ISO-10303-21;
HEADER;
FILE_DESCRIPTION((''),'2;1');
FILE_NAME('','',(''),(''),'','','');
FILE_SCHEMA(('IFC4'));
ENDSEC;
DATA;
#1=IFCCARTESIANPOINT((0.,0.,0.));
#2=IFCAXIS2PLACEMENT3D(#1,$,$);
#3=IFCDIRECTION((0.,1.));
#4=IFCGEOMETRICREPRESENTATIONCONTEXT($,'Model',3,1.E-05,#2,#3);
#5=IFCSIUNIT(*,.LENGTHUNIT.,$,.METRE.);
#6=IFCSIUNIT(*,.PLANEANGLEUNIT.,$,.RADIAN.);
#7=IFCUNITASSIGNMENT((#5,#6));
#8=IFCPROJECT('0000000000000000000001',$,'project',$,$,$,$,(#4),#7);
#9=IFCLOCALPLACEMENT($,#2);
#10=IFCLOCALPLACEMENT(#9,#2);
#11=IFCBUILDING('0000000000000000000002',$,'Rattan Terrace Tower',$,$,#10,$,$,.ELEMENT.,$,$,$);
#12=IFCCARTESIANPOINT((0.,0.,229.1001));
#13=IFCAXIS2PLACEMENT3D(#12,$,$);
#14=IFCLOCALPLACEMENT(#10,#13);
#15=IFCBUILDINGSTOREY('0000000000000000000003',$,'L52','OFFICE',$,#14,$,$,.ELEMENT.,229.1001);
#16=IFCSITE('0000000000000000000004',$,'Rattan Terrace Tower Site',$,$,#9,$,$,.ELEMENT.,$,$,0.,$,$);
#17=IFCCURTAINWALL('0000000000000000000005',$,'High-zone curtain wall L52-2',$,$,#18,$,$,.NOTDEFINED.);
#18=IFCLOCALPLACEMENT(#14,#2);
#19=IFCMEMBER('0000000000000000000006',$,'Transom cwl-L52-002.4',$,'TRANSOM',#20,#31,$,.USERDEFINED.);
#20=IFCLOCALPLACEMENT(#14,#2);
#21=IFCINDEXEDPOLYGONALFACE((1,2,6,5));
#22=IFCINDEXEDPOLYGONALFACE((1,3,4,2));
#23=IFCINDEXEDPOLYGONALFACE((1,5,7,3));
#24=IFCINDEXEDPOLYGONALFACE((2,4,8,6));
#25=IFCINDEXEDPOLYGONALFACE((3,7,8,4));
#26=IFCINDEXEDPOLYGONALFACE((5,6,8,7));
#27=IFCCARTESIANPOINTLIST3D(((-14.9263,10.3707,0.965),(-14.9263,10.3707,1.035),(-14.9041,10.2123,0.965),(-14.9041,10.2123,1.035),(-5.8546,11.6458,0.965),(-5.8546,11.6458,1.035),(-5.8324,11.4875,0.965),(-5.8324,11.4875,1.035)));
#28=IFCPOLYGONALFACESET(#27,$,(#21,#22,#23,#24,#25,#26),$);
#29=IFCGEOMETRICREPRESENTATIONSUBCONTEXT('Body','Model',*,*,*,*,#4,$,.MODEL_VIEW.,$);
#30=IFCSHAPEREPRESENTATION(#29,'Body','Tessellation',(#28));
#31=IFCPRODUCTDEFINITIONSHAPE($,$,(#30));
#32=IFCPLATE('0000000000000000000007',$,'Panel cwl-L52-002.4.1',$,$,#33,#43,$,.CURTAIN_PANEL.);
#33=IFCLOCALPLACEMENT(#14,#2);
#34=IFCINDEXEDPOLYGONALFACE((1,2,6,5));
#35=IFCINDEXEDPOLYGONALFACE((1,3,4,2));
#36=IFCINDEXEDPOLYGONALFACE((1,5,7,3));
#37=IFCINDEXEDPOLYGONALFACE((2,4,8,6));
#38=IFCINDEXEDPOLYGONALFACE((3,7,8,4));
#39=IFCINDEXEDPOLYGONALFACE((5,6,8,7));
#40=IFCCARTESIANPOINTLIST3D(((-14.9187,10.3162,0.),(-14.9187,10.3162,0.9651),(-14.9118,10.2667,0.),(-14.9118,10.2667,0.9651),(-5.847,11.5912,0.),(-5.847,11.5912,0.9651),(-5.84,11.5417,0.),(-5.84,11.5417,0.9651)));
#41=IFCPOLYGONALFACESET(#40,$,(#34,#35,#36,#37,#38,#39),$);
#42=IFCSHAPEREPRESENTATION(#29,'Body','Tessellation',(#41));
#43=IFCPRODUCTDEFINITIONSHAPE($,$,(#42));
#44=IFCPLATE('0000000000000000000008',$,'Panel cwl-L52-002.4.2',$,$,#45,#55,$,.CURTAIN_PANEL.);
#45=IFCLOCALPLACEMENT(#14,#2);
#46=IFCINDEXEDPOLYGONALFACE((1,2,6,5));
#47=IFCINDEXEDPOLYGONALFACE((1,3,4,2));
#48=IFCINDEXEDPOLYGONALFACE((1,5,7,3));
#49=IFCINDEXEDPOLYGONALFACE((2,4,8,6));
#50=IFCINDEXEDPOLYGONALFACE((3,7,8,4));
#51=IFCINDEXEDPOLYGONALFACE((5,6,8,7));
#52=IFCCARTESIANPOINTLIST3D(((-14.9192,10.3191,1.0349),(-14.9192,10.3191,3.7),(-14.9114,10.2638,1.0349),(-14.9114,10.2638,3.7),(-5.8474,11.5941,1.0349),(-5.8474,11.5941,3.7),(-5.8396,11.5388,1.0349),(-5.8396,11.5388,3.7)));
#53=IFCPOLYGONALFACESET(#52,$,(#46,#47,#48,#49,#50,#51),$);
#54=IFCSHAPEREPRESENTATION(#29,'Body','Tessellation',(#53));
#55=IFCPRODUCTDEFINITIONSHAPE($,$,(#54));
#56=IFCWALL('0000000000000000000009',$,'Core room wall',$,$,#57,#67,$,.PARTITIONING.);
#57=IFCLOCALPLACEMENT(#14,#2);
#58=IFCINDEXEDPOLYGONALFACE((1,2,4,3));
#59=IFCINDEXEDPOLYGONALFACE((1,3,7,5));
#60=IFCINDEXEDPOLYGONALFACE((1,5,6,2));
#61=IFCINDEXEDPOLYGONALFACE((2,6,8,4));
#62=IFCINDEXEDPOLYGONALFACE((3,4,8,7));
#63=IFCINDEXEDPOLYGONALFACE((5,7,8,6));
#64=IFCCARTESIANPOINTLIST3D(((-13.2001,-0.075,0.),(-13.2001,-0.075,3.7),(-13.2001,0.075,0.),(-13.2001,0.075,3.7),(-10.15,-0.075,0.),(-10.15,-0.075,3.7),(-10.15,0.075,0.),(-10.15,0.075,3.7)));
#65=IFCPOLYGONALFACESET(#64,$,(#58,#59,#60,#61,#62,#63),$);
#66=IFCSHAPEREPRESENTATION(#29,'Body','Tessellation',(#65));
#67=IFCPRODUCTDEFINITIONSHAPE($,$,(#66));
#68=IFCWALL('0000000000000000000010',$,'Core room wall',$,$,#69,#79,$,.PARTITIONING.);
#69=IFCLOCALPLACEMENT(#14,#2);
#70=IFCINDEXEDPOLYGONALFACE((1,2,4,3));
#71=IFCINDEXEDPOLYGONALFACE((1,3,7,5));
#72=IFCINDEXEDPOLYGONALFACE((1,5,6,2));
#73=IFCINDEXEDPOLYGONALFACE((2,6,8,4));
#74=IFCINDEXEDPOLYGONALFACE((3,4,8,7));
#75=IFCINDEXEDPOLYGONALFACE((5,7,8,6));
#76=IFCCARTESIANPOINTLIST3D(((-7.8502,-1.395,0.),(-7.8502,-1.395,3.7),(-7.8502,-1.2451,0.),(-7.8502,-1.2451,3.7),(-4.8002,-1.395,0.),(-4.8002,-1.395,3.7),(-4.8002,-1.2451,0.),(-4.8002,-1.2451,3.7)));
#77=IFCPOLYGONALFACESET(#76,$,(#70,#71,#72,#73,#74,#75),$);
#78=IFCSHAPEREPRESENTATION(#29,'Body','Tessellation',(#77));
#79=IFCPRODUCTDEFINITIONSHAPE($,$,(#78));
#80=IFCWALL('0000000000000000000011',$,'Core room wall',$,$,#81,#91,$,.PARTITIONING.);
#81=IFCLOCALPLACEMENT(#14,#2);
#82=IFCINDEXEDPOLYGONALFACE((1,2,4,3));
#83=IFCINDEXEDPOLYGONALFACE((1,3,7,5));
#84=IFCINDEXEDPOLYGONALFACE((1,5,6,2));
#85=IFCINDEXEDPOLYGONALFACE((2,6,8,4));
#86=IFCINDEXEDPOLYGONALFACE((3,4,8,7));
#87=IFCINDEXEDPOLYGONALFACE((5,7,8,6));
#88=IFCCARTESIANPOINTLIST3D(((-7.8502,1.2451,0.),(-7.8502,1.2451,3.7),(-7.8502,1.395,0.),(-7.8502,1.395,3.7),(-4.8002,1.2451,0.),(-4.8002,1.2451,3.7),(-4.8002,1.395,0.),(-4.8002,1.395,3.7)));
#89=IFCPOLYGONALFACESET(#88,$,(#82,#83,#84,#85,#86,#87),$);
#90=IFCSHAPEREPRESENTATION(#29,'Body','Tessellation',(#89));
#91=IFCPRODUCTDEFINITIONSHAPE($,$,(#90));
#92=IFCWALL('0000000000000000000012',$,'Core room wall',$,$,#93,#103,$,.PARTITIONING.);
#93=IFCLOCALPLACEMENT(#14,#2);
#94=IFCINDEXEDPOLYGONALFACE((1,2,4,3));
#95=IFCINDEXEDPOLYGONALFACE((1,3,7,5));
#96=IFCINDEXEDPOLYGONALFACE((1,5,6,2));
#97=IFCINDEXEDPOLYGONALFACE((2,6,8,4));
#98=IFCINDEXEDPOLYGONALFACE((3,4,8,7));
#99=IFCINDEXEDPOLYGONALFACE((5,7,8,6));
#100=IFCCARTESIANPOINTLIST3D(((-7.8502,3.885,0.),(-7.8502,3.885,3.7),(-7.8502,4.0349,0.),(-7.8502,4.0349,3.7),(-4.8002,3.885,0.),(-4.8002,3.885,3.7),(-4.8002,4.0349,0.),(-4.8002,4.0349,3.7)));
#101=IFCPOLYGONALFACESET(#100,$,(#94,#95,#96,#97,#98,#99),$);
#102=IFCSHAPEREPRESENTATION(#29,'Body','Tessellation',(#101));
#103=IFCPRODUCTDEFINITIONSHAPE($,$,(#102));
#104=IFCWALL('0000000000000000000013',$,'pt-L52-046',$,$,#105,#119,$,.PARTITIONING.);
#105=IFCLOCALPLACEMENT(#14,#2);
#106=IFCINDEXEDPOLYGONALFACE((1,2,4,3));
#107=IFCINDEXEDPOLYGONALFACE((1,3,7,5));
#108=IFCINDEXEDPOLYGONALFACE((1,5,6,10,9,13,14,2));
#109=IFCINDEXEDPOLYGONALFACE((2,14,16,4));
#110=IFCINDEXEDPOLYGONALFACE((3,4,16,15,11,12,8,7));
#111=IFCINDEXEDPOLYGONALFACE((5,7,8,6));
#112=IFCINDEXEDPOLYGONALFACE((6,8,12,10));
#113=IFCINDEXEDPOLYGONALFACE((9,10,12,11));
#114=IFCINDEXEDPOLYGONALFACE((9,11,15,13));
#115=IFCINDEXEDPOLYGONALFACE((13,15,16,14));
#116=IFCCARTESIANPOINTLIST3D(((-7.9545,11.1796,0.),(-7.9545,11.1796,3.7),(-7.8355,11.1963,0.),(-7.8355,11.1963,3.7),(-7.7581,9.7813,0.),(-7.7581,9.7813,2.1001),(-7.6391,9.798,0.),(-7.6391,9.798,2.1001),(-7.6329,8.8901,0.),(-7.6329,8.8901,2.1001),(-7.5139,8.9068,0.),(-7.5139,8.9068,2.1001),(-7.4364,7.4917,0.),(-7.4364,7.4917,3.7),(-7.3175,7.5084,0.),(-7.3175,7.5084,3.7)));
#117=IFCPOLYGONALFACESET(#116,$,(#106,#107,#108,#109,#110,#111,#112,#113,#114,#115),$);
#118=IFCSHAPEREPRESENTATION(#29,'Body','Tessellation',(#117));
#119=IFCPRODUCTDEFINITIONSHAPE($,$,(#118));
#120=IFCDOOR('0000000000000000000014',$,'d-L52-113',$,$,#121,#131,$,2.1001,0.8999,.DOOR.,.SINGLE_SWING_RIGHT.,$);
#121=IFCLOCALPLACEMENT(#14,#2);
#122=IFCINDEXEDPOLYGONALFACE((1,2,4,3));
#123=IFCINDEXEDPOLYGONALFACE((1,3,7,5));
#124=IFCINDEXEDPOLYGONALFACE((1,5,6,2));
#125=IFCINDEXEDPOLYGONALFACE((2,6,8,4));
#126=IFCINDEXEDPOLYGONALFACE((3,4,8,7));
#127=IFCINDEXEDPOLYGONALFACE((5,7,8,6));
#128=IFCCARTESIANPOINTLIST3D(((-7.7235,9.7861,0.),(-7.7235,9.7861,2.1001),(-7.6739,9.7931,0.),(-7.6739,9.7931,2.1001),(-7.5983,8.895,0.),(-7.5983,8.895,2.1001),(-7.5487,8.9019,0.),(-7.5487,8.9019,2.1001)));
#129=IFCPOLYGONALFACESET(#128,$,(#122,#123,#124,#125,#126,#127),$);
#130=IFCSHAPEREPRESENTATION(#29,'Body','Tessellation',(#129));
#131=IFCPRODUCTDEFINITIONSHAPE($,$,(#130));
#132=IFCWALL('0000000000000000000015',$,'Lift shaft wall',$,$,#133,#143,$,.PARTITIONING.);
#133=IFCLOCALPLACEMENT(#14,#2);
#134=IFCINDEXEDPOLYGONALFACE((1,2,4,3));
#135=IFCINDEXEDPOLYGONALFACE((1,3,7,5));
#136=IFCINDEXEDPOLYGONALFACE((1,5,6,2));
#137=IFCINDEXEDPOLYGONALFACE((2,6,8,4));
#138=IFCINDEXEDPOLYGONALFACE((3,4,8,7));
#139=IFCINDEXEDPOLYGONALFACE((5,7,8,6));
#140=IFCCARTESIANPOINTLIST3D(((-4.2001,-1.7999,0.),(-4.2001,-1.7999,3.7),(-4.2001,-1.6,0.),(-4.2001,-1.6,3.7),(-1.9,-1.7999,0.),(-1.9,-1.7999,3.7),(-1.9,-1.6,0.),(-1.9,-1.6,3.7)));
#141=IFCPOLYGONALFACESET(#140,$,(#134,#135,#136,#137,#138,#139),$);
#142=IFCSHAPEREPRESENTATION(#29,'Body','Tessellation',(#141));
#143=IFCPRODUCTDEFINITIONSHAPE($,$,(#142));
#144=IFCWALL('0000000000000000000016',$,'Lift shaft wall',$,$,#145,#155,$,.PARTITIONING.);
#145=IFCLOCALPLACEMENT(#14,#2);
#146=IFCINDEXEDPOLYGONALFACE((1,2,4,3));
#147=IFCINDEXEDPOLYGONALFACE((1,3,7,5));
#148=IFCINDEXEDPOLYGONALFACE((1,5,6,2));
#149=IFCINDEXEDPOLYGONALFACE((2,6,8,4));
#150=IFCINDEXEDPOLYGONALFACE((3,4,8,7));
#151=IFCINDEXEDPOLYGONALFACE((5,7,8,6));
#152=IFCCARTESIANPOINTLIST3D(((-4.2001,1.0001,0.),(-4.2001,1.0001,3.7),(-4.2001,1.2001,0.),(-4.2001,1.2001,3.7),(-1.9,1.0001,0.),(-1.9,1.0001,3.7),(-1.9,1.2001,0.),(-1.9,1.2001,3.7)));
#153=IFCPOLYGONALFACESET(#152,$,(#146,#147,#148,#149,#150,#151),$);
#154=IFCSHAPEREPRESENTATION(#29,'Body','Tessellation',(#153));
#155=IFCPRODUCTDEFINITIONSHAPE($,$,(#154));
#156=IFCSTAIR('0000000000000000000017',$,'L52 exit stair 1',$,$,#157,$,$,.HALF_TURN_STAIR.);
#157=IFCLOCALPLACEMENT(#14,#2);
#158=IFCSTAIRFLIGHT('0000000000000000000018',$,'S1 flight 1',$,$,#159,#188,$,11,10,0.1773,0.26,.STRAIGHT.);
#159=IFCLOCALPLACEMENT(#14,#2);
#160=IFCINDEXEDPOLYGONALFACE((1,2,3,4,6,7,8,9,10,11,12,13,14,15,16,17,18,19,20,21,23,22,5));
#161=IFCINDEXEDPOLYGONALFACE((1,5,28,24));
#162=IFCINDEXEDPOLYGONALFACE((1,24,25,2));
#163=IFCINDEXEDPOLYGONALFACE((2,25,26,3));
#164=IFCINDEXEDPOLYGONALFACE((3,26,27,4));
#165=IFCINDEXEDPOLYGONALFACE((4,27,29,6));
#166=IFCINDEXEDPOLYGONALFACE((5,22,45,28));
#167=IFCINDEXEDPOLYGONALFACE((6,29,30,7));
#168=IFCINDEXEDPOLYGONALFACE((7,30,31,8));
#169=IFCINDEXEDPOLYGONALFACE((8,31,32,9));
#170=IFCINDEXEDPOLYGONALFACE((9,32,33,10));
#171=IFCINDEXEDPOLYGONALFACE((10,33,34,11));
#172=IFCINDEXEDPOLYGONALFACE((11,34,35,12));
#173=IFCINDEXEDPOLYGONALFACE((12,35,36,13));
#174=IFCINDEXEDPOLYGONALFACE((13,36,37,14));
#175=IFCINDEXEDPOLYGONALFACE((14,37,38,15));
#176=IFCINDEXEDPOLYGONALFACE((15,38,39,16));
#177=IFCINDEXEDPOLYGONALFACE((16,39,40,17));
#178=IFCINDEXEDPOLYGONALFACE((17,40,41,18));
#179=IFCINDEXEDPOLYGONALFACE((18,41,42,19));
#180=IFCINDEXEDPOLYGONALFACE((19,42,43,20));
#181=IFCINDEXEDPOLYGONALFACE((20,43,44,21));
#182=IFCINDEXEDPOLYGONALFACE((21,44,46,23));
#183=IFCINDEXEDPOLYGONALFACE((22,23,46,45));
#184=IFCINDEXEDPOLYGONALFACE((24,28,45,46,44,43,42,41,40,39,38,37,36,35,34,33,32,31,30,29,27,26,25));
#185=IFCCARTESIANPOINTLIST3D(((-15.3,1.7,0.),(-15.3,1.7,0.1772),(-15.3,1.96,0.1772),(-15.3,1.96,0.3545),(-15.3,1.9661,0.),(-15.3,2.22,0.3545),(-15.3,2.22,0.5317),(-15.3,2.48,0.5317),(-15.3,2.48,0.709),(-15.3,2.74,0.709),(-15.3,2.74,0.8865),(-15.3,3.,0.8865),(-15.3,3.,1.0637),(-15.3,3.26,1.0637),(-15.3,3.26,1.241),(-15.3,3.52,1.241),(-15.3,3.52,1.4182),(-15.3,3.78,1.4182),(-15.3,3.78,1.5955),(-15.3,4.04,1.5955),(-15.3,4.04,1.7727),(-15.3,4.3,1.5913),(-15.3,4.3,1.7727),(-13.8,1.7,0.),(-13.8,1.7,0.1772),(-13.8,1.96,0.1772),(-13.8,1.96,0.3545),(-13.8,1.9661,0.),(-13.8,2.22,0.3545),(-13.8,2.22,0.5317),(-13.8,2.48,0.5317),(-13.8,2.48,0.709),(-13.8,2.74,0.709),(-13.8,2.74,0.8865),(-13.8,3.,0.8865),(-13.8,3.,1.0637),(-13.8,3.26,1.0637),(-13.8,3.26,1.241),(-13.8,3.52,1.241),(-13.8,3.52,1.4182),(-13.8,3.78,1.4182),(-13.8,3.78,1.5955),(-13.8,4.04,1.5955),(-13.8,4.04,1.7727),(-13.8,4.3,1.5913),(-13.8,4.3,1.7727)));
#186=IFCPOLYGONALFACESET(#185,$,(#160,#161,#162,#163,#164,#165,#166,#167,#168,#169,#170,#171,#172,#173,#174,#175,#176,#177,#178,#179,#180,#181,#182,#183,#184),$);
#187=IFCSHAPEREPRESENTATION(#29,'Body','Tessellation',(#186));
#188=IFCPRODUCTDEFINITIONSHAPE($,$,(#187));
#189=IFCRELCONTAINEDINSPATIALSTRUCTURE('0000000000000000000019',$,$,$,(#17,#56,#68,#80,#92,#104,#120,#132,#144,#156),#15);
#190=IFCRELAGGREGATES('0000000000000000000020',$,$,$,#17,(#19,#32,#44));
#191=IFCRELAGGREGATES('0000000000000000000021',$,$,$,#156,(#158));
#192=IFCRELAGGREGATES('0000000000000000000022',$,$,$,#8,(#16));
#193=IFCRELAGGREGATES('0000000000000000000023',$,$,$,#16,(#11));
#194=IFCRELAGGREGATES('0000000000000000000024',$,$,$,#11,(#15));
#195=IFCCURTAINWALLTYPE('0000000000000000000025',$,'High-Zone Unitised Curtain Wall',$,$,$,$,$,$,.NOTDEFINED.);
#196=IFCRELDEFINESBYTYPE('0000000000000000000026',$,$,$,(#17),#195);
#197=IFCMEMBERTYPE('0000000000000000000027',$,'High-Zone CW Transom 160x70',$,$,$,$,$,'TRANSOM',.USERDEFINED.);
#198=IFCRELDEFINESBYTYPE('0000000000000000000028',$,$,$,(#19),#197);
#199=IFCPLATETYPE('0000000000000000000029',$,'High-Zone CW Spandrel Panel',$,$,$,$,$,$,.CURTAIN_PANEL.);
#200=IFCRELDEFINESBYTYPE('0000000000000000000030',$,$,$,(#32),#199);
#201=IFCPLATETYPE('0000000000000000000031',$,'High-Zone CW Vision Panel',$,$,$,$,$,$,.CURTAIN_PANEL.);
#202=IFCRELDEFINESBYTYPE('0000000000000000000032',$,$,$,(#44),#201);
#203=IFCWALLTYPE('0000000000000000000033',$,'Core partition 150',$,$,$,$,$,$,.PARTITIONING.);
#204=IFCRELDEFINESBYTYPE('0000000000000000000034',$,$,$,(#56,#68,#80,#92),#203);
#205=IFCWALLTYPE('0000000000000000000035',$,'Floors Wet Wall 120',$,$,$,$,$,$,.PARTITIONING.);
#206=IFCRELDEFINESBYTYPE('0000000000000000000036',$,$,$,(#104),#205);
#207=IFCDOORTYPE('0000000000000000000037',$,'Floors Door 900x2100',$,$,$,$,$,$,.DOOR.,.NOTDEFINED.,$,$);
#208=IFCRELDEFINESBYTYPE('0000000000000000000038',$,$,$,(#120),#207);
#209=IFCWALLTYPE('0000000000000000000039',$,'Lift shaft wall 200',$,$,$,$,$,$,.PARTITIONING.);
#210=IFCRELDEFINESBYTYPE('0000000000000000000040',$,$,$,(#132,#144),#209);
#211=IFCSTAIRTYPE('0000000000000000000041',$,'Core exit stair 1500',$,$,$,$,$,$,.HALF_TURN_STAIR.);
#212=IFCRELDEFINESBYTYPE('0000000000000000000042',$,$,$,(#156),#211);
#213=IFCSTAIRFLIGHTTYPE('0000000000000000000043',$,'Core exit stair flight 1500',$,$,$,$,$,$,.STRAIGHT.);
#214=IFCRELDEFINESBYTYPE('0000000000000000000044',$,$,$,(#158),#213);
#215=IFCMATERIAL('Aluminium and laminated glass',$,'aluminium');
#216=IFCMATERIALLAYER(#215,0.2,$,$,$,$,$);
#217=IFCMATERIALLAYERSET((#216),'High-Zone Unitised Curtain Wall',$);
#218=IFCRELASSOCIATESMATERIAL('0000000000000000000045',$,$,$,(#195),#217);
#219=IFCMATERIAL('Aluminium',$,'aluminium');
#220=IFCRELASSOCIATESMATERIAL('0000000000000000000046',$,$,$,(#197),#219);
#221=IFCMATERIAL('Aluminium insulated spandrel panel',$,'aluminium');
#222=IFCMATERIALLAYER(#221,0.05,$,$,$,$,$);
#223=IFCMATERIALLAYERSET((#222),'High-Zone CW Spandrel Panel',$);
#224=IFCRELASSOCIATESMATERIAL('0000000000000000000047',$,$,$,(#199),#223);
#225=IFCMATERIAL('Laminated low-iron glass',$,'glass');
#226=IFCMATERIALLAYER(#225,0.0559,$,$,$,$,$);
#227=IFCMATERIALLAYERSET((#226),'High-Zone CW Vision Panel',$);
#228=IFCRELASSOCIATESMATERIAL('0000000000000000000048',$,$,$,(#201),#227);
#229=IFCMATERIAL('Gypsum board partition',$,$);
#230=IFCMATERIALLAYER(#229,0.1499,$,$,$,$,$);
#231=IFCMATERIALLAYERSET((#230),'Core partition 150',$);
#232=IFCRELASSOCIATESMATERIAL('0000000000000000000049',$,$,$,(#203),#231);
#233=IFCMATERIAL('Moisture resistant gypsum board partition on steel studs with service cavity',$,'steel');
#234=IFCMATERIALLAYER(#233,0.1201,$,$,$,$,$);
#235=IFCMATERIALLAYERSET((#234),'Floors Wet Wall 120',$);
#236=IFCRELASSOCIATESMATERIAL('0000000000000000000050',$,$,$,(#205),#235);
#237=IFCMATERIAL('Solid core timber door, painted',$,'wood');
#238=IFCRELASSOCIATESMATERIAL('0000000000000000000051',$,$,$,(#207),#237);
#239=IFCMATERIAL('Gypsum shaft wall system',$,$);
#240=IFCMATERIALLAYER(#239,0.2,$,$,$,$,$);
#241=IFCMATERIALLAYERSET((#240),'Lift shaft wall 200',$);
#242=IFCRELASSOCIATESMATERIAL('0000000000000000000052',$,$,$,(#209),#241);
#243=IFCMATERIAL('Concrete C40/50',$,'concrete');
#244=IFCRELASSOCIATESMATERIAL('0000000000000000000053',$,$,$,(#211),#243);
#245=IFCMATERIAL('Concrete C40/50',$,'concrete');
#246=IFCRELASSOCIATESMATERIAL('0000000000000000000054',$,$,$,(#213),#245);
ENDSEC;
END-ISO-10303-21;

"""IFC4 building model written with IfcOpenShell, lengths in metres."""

from ifc_helpers import new_model, si_unit, direction, frame, frame_2d, origin, origin_2d, place, context, subcontext, project, spatial, polyline, rectangle, outline, extrude, material, layer, layer_set, material_profile, profile_set, type_object, element, fill, aggregate, save


model = new_model("IFC4")

# Units and contexts
model_context = context("Model", 3, precision=1e-05, world=origin(), true_north=direction((0.0, 1.0)))
body_context = subcontext(model_context, "Body", "Model", "MODEL_VIEW")
ifc_project = project(units=[si_unit("LENGTHUNIT", "METRE"), si_unit("PLANEANGLEUNIT", "RADIAN")], contexts=[model_context])

# Site, building, storey
site_placement = place(None, origin())
site = spatial("IfcSite", under=ifc_project, at=site_placement, Name="Rattan Terrace Tower Site", CompositionType="ELEMENT", RefElevation=0.0)
building_placement = place(site_placement, origin())
building = spatial("IfcBuilding", under=site, at=building_placement, Name="Rattan Terrace Tower", CompositionType="ELEMENT")
storey_placement = place(building_placement, frame((0.0, 0.0, 229.1001)))
storey = spatial("IfcBuildingStorey", under=building, at=storey_placement, Name="L52", Description="OFFICE", CompositionType="ELEMENT", Elevation=229.1001)

# Curtain wall, member, plates
ifc_material_1 = material(Name="Aluminium and laminated glass", Category="aluminium")
ifc_layer_1 = layer(ifc_material_1, 0.2)
ifc_layer_set_1 = layer_set([ifc_layer_1], Name="High-Zone Unitised Curtain Wall")
curtain_wall_type = type_object("IfcCurtainWallType", Name="High-Zone Unitised Curtain Wall", PredefinedType="NOTDEFINED", material=ifc_layer_set_1)
curtain_wall_placement = place(storey_placement, origin())
curtain_wall = element("IfcCurtainWall", 1, at=curtain_wall_placement, inside=storey, type_object=curtain_wall_type, Name="High-zone curtain wall L52-2", PredefinedType="NOTDEFINED")
ifc_material_2 = material(Name="Aluminium", Category="aluminium")
ifc_material_profile_1 = material_profile(ifc_material_2, rectangle(XDim=0.1599, YDim=0.0701, at=origin_2d()), Name="Aluminium 160x70")
ifc_profile_set_1 = profile_set([ifc_material_profile_1], Name="Aluminium")
member_type_1 = type_object("IfcMemberType", Name="High-Zone CW Transom 160x70", ElementType="TRANSOM", PredefinedType="USERDEFINED", material=ifc_profile_set_1)
member_1_placement = place(storey_placement, frame((-5.8435, 11.5667, 1.0), z_axis=(-0.990265, -0.139194, 0.0), x_axis=(0.139194, -0.990265, 0.0)))
member_1 = element("IfcMember", 2, at=member_1_placement, type_object=member_type_1, Name="Transom cwl-L52-002.4", ObjectType="TRANSOM", PredefinedType="USERDEFINED", context=body_context, shape_type="SweptSolid", body=[
    extrude(rectangle(XDim=0.1599, YDim=0.0701, at=origin_2d()), origin(), (0.0, 0.0, 1.0), 9.1609),
])
ifc_material_3 = material(Name="Aluminium insulated spandrel panel", Category="aluminium")
ifc_layer_2 = layer(ifc_material_3, 0.05)
ifc_layer_set_2 = layer_set([ifc_layer_2], Name="High-Zone CW Spandrel Panel")
plate_type_1 = type_object("IfcPlateType", Name="High-Zone CW Spandrel Panel", PredefinedType="CURTAIN_PANEL", material=ifc_layer_set_2)
plate_1_placement = place(storey_placement, frame((-10.3794, 10.929, 0.0), z_axis=(0.0, 0.0, 1.0), x_axis=(-0.990267, -0.139177, 0.0)))
plate_1 = element("IfcPlate", 3, at=plate_1_placement, type_object=plate_type_1, Name="Panel cwl-L52-002.4.1", PredefinedType="CURTAIN_PANEL", context=body_context, shape_type="SweptSolid", body=[
    extrude(rectangle(XDim=9.1609, YDim=0.05, at=origin_2d()), origin(), (0.0, 0.0, 1.0), 0.9651),
])
ifc_material_4 = material(Name="Laminated low-iron glass", Category="glass")
ifc_layer_3 = layer(ifc_material_4, 0.0559)
ifc_layer_set_3 = layer_set([ifc_layer_3], Name="High-Zone CW Vision Panel")
plate_type_2 = type_object("IfcPlateType", Name="High-Zone CW Vision Panel", PredefinedType="CURTAIN_PANEL", material=ifc_layer_set_3)
plate_2_placement = place(storey_placement, frame((-10.3794, 10.929, 1.0349), z_axis=(0.0, 0.0, 1.0), x_axis=(-0.990267, -0.139177, 0.0)))
plate_2 = element("IfcPlate", 4, at=plate_2_placement, type_object=plate_type_2, Name="Panel cwl-L52-002.4.2", PredefinedType="CURTAIN_PANEL", context=body_context, shape_type="SweptSolid", body=[
    extrude(rectangle(XDim=9.1609, YDim=0.0559, at=origin_2d()), origin(), (0.0, 0.0, 1.0), 2.665),
])
aggregate(curtain_wall, [member_1, plate_1, plate_2])

# Walls
ifc_material_5 = material(Name="Gypsum board partition")
ifc_layer_4 = layer(ifc_material_5, 0.1499)
ifc_layer_set_4 = layer_set([ifc_layer_4], Name="Core partition 150")
wall_type_1 = type_object("IfcWallType", Name="Core partition 150", PredefinedType="PARTITIONING", material=ifc_layer_set_4)
for number, where, z_axis, x_axis, name in (
    (5, (-13.2, 0.0, 0.0), (0.0, 0.0, 1.0), (1.0, 0.0, 0.0), "Core room wall"),
    (6, (-7.8501, -1.3201, 0.0), (0.0, 0.0, 1.0), (1.0, 0.0, 0.0), "Core room wall"),
    (7, (-7.8501, 1.3201, 0.0), (0.0, 0.0, 1.0), (1.0, 0.0, 0.0), "Core room wall"),
    (8, (-7.8501, 3.96, 0.0), (0.0, 0.0, 1.0), (1.0, 0.0, 0.0), "Core room wall"),
):
    element("IfcWall", number, at=place(storey_placement, frame(where, z_axis=z_axis, x_axis=x_axis)), inside=storey, type_object=wall_type_1, Name=name, PredefinedType="PARTITIONING", context=body_context, shape_type="SweptSolid", body=[
        extrude(rectangle(XDim=3.05, YDim=0.1499, at=frame_2d((1.5249, 0.0))), origin(), (0.0, 0.0, 1.0), 3.7),
    ])

# Wall, opening, door
ifc_material_6 = material(Name="Moisture resistant gypsum board partition on steel studs with service cavity", Category="steel")
ifc_layer_5 = layer(ifc_material_6, 0.1201)
ifc_layer_set_5 = layer_set([ifc_layer_5], Name="Floors Wet Wall 120")
wall_type_2 = type_object("IfcWallType", Name="Floors Wet Wall 120", PredefinedType="PARTITIONING", material=ifc_layer_set_5)
wall_placement = place(storey_placement, frame((-7.895, 11.188, 0.0), z_axis=(0.0, 0.0, 1.0), x_axis=(0.139108, -0.990277, 0.0)))
wall = element("IfcWall", 9, at=wall_placement, inside=storey, type_object=wall_type_2, Name="pt-L52-046", PredefinedType="PARTITIONING", context=body_context, shape_type="SweptSolid", body=[
    extrude(rectangle(XDim=3.7241, YDim=0.1201, at=frame_2d((1.8621, 0.0))), origin(), (0.0, 0.0, 1.0), 3.7),
])
opening_placement = place(wall_placement, frame((1.4121, 0.0, 0.0)))
opening = element("IfcOpeningElement", 10, at=opening_placement, cuts=wall, PredefinedType="OPENING", context=body_context, shape_type="SweptSolid", body=[
    extrude(rectangle(XDim=0.8999, YDim=2.1001, at=frame_2d((0.45, 1.05))), frame((0.0, 0.0706, 0.0), z_axis=(0.0, -1.0, 0.0), x_axis=(1.0, 0.0, 0.0)), (0.0, 0.0, 1.0), 0.1411),
])
ifc_material_7 = material(Name="Solid core timber door, painted", Category="wood")
door_type = type_object("IfcDoorType", Name="Floors Door 900x2100", OperationType="NOTDEFINED", PredefinedType="DOOR", material=ifc_material_7)
door_placement = place(opening_placement, origin())
door = element("IfcDoor", 11, at=door_placement, inside=storey, type_object=door_type, Name="d-L52-113", OperationType="SINGLE_SWING_RIGHT", OverallHeight=2.1001, OverallWidth=0.8999, PredefinedType="DOOR", context=body_context, shape_type="SweptSolid", body=[
    extrude(rectangle(XDim=0.8999, YDim=2.1001, at=frame_2d((0.45, 1.05))), frame((0.0, 0.0249, 0.0), z_axis=(0.0, -1.0, 0.0), x_axis=(1.0, 0.0, 0.0)), (0.0, 0.0, 1.0), 0.05),
])
fill(opening, door)

# Walls
ifc_material_8 = material(Name="Gypsum shaft wall system")
ifc_layer_6 = layer(ifc_material_8, 0.2)
ifc_layer_set_6 = layer_set([ifc_layer_6], Name="Lift shaft wall 200")
wall_type_3 = type_object("IfcWallType", Name="Lift shaft wall 200", PredefinedType="PARTITIONING", material=ifc_layer_set_6)
for number, where, z_axis, x_axis, name in (
    (12, (-4.2, -1.7, 0.0), (0.0, 0.0, 1.0), (1.0, 0.0, 0.0), "Lift shaft wall"),
    (13, (-4.2, 1.1001, 0.0), (0.0, 0.0, 1.0), (1.0, 0.0, 0.0), "Lift shaft wall"),
):
    element("IfcWall", number, at=place(storey_placement, frame(where, z_axis=z_axis, x_axis=x_axis)), inside=storey, type_object=wall_type_3, Name=name, PredefinedType="PARTITIONING", context=body_context, shape_type="SweptSolid", body=[
        extrude(rectangle(XDim=2.3, YDim=0.2, at=frame_2d((1.1499, 0.0))), origin(), (0.0, 0.0, 1.0), 3.7),
    ])

# Stair, stair flight
ifc_material_9 = material(Name="Concrete C40/50", Category="concrete")
stair_type = type_object("IfcStairType", Name="Core exit stair 1500", PredefinedType="HALF_TURN_STAIR", material=ifc_material_9)
stair_placement = place(storey_placement, origin())
stair = element("IfcStair", 14, at=stair_placement, inside=storey, type_object=stair_type, Name="L52 exit stair 1", PredefinedType="HALF_TURN_STAIR")
ifc_material_10 = material(Name="Concrete C40/50", Category="concrete")
stair_flight_type = type_object("IfcStairFlightType", Name="Core exit stair flight 1500", PredefinedType="STRAIGHT", material=ifc_material_10)
stair_flight_placement = place(storey_placement, frame((-14.55, 1.7, 0.0), z_axis=(0.0, 0.0, 1.0), x_axis=(0.0, 1.0, 0.0)))
stair_flight = element("IfcStairFlight", 15, at=stair_flight_placement, type_object=stair_flight_type, Name="S1 flight 1", NumberOfRisers=11, NumberOfTreads=10, PredefinedType="STRAIGHT", RiserHeight=0.1773, TreadLength=0.26, context=body_context, shape_type="SweptSolid", body=[
    extrude(outline(polyline([(0.0, 0.0), (0.0, 0.1772), (0.26, 0.1772), (0.26, 0.3545), (0.52, 0.3545), (0.52, 0.5317), (0.78, 0.5317), (0.78, 0.709), (1.04, 0.709), (1.04, 0.8865), (1.3, 0.8865), (1.3, 1.0637), (1.5601, 1.0637), (1.5601, 1.241), (1.8201, 1.241), (1.8201, 1.4182), (2.0801, 1.4182), (2.0801, 1.5955), (2.3401, 1.5955), (2.3401, 1.7727), (2.6001, 1.7727), (2.6001, 1.95), (2.6001, 1.5913), (0.2661, 0.0), (0.0, 0.0)])), frame((0.0, 0.75, 0.0), z_axis=(0.0, -1.0, 0.0), x_axis=(1.0, 0.0, 0.0)), (0.0, 0.0, 1.0), 1.5),
])
aggregate(stair, [stair_flight])

save(model, "model.ifc")
